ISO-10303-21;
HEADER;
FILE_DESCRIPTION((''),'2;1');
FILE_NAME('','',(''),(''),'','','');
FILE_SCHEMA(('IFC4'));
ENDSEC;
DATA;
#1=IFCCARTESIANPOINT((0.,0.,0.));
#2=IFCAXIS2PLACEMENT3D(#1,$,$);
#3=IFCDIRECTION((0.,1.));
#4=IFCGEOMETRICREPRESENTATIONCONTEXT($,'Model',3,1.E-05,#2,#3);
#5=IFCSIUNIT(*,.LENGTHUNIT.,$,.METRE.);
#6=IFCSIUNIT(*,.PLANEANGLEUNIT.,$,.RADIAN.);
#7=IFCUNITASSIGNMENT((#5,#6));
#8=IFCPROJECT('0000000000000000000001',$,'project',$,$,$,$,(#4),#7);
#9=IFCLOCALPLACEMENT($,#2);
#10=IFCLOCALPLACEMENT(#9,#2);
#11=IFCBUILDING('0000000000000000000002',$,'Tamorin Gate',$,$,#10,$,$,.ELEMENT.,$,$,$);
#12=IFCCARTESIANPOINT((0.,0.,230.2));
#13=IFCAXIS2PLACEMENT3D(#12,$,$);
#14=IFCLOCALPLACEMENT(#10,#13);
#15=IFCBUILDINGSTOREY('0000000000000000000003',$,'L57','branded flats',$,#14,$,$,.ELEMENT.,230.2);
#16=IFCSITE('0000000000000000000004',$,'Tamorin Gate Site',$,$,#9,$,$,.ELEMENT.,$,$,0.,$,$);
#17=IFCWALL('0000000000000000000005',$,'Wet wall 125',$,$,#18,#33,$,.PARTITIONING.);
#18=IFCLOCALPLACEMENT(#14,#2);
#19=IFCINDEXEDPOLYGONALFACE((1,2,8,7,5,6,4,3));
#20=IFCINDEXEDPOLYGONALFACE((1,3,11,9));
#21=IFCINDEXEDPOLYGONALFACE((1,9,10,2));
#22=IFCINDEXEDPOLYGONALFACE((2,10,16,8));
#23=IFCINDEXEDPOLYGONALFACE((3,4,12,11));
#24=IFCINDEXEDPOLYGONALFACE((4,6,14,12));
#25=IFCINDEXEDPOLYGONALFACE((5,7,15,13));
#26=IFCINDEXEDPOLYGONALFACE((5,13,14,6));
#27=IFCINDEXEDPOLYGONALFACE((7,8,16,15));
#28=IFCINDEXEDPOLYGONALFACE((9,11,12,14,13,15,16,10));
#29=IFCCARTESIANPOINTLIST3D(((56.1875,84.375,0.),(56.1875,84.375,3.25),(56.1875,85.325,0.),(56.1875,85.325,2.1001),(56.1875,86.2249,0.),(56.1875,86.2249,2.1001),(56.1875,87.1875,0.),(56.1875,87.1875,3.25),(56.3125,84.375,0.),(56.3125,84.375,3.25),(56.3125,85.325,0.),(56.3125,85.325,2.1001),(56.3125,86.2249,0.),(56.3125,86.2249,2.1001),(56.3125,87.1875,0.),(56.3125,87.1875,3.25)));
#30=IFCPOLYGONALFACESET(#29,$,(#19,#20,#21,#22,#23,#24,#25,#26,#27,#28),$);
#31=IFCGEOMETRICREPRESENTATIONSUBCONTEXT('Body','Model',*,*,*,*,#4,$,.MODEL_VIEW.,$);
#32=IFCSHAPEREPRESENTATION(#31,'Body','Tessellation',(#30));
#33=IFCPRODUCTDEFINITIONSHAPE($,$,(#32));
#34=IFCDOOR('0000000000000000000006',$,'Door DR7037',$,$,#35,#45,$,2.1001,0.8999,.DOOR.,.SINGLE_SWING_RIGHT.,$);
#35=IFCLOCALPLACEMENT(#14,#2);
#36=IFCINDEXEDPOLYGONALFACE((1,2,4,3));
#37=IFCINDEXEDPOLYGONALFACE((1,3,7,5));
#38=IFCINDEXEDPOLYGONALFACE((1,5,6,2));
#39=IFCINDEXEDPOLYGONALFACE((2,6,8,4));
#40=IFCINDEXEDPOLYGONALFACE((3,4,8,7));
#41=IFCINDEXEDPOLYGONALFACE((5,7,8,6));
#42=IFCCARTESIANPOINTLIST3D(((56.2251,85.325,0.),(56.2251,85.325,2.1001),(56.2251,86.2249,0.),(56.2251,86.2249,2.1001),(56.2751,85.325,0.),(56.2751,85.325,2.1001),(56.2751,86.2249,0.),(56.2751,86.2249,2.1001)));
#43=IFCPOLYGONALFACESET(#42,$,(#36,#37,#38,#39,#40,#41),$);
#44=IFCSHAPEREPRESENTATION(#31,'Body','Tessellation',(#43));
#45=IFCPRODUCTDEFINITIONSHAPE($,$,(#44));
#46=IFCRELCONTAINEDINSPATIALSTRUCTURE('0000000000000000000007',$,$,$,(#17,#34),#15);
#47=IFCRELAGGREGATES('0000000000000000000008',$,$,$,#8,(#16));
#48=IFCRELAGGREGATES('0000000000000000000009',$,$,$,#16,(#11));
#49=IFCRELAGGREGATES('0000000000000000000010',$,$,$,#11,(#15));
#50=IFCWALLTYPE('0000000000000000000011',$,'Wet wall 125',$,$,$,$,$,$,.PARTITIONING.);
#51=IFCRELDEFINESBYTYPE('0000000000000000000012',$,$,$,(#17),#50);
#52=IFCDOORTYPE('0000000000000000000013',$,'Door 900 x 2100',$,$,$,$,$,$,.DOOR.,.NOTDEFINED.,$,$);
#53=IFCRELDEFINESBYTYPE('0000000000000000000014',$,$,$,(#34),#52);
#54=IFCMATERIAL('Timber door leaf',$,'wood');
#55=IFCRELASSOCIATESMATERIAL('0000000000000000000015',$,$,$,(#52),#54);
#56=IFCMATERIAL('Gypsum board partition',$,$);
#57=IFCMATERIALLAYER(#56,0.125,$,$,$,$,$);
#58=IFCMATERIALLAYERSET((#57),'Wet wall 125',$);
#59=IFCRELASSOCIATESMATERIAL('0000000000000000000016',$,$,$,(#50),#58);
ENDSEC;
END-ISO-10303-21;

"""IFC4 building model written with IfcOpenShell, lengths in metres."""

from ifc_helpers import new_model, si_unit, direction, frame, frame_2d, origin, place, context, subcontext, project, spatial, rectangle, extrude, material, layer, layer_set, type_object, element, fill, save


model = new_model("IFC4")

# Units and contexts
model_context = context("Model", 3, precision=1e-05, world=origin(), true_north=direction((0.0, 1.0)))
body_context = subcontext(model_context, "Body", "Model", "MODEL_VIEW")
ifc_project = project(units=[si_unit("LENGTHUNIT", "METRE"), si_unit("PLANEANGLEUNIT", "RADIAN")], contexts=[model_context])

# Site, building, storey
site_placement = place(None, origin())
site = spatial("IfcSite", under=ifc_project, at=site_placement, Name="Tamorin Gate Site", CompositionType="ELEMENT", RefElevation=0.0)
building_placement = place(site_placement, origin())
building = spatial("IfcBuilding", under=site, at=building_placement, Name="Tamorin Gate", CompositionType="ELEMENT")
storey_placement = place(building_placement, frame((0.0, 0.0, 230.2)))
storey = spatial("IfcBuildingStorey", under=building, at=storey_placement, Name="L57", Description="branded flats", CompositionType="ELEMENT", Elevation=230.2)

# Shared definitions
ifc_material_1 = material(Name="Gypsum board partition")

# Shared definitions
ifc_material_2 = material(Name="Timber door leaf", Category="wood")
door_type = type_object("IfcDoorType", Name="Door 900 x 2100", OperationType="NOTDEFINED", PredefinedType="DOOR", material=ifc_material_2)

# Shared definitions
ifc_layer_1 = layer(ifc_material_1, 0.125)
ifc_layer_set_1 = layer_set([ifc_layer_1], Name="Wet wall 125")
wall_type_1 = type_object("IfcWallType", Name="Wet wall 125", PredefinedType="PARTITIONING", material=ifc_layer_set_1)

# Wall, opening, door
wall_1_placement = place(storey_placement, frame((56.25, 84.375, 0.0), z_axis=(0.0, 0.0, 1.0), x_axis=(0.0, 1.0, 0.0)))
wall_1 = element("IfcWall", 1, at=wall_1_placement, inside=storey, type_object=wall_type_1, Name="Wet wall 125", PredefinedType="PARTITIONING", context=body_context, shape_type="SweptSolid", body=[
    extrude(rectangle(XDim=2.8125, YDim=0.125, at=frame_2d((1.4062, 0.0))), origin(), (0.0, 0.0, 1.0), 3.25),
])
opening_1_placement = place(wall_1_placement, frame((0.95, 0.0, 0.0)))
opening_1 = element("IfcOpeningElement", 2, at=opening_1_placement, cuts=wall_1, PredefinedType="OPENING", context=body_context, shape_type="SweptSolid", body=[
    extrude(rectangle(XDim=0.8999, YDim=2.1001, at=frame_2d((0.45, 1.05))), frame((0.0, 0.0725, 0.0), z_axis=(0.0, -1.0, 0.0), x_axis=(1.0, 0.0, 0.0)), (0.0, 0.0, 1.0), 0.145),
])
door_1_placement = place(opening_1_placement, origin())
door_1 = element("IfcDoor", 3, at=door_1_placement, inside=storey, type_object=door_type, Name="Door DR7037", OperationType="SINGLE_SWING_RIGHT", OverallHeight=2.1001, OverallWidth=0.8999, PredefinedType="DOOR", context=body_context, shape_type="SweptSolid", body=[
    extrude(rectangle(XDim=0.8999, YDim=2.1001, at=frame_2d((0.45, 1.05))), frame((0.0, 0.0249, 0.0), z_axis=(0.0, -1.0, 0.0), x_axis=(1.0, 0.0, 0.0)), (0.0, 0.0, 1.0), 0.05),
])
fill(opening_1, door_1)

save(model, "model.ifc")
